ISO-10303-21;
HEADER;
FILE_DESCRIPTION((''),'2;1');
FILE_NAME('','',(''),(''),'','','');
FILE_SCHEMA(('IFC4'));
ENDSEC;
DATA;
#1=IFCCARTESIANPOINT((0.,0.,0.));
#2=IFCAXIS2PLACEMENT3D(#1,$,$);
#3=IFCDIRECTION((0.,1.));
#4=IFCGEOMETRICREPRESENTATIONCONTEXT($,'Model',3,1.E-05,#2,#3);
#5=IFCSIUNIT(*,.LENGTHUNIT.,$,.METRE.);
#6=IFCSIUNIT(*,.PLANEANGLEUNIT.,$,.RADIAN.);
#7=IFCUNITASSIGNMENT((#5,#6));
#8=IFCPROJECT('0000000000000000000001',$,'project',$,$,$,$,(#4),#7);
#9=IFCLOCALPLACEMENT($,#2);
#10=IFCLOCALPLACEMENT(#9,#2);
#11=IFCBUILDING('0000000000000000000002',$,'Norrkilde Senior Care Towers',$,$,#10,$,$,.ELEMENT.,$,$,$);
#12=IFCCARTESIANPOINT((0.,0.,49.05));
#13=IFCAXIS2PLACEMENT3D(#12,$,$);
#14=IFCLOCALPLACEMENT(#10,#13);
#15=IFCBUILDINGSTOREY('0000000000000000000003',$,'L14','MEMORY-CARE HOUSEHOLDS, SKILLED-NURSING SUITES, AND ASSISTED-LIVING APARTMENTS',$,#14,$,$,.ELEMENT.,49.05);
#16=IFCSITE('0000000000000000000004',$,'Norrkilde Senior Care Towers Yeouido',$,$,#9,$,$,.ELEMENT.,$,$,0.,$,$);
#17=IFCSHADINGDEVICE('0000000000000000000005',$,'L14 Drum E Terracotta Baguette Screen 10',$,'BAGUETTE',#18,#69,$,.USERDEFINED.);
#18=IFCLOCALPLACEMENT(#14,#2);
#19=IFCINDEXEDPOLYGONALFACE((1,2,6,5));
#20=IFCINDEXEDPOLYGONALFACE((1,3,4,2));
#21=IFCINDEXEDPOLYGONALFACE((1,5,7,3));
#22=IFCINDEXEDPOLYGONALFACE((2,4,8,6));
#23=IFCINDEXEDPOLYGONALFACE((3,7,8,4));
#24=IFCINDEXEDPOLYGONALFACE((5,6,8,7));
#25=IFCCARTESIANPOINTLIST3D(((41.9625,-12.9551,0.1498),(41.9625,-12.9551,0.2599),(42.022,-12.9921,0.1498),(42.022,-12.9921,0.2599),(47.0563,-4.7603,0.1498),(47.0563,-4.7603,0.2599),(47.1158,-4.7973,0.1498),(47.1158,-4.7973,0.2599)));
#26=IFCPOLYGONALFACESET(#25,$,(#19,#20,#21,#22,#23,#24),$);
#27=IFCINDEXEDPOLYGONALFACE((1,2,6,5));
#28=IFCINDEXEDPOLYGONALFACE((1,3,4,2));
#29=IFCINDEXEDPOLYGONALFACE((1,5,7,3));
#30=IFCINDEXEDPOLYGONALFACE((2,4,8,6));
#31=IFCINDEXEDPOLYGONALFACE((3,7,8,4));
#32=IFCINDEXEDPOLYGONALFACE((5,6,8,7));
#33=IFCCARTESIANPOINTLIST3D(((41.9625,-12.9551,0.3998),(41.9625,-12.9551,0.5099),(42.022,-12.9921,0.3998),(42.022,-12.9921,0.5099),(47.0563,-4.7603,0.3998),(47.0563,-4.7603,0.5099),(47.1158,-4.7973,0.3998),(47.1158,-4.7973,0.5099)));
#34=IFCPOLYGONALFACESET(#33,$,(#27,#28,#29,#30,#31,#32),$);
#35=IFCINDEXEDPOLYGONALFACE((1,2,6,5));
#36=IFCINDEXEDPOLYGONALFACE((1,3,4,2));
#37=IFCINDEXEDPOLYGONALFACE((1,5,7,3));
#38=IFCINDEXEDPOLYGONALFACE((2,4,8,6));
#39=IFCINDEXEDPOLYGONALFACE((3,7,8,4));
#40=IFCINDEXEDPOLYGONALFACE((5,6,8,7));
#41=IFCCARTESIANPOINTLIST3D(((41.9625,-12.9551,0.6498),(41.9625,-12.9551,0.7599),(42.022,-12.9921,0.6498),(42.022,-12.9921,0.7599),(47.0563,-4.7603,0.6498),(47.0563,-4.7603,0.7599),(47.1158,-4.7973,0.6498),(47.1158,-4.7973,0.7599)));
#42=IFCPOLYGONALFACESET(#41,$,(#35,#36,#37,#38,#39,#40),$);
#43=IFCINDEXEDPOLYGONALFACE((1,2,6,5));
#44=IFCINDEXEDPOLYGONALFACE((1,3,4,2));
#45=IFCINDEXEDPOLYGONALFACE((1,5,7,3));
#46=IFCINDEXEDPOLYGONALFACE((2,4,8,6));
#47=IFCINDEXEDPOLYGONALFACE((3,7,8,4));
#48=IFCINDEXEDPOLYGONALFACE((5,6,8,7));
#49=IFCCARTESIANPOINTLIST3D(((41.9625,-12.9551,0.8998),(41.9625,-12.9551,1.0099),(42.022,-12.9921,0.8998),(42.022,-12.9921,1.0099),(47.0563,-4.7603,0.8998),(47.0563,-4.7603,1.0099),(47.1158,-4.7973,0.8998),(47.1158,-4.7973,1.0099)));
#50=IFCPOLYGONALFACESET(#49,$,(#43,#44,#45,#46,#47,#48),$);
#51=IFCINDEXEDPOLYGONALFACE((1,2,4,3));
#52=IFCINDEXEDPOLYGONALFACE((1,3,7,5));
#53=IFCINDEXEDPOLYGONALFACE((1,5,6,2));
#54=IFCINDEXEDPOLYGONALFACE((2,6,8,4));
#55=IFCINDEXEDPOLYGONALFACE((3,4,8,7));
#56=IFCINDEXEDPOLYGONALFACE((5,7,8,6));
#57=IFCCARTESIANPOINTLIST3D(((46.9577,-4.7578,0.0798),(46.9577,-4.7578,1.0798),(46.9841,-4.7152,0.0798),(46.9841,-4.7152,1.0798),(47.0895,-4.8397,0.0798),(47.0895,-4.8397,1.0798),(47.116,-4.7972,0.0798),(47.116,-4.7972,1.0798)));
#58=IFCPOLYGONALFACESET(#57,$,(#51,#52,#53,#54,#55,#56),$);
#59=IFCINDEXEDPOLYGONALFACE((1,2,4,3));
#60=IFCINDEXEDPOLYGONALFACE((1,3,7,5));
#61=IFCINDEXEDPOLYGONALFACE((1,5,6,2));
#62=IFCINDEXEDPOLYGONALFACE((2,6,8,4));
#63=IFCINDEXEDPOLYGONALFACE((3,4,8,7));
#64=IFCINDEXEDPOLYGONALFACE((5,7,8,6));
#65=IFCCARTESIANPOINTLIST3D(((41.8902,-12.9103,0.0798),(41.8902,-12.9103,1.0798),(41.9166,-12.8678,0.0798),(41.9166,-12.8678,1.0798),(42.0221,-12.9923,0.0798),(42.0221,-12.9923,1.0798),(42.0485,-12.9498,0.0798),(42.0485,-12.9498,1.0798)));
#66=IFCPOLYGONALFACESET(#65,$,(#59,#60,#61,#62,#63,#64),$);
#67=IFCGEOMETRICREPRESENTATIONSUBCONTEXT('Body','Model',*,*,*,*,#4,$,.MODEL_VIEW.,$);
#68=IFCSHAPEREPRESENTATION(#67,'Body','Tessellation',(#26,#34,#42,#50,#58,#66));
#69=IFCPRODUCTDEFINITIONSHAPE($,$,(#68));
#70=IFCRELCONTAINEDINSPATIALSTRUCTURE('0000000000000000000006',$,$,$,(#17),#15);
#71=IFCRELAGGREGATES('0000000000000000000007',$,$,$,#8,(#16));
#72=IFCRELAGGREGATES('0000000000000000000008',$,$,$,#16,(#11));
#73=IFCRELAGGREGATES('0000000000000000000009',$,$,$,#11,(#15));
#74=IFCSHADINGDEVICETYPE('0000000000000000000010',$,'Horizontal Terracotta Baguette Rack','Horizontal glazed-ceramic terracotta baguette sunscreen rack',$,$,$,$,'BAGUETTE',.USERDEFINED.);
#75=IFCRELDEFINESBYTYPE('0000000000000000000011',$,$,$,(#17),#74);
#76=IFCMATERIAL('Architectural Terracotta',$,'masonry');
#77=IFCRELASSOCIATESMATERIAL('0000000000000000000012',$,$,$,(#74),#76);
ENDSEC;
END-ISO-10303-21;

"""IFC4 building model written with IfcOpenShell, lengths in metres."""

from ifc_helpers import new_model, si_unit, direction, frame, origin, origin_2d, place, context, subcontext, project, spatial, rectangle, extrude, source, transform, mapped, material, type_object, type_shapes, element, save


model = new_model("IFC4")

# Units and contexts
model_context = context("Model", 3, precision=1e-05, world=origin(), true_north=direction((0.0, 1.0)))
body_context = subcontext(model_context, "Body", "Model", "MODEL_VIEW")
ifc_project = project(units=[si_unit("LENGTHUNIT", "METRE"), si_unit("PLANEANGLEUNIT", "RADIAN")], contexts=[model_context])

# Site, building, storey
site_placement = place(None, origin())
site = spatial("IfcSite", under=ifc_project, at=site_placement, Name="Norrkilde Senior Care Towers Yeouido", CompositionType="ELEMENT", RefElevation=0.0)
building_placement = place(site_placement, origin())
building = spatial("IfcBuilding", under=site, at=building_placement, Name="Norrkilde Senior Care Towers", CompositionType="ELEMENT")
storey_placement = place(building_placement, frame((0.0, 0.0, 49.05)))
storey = spatial("IfcBuildingStorey", under=building, at=storey_placement, Name="L14", Description="MEMORY-CARE HOUSEHOLDS, SKILLED-NURSING SUITES, AND ASSISTED-LIVING APARTMENTS", CompositionType="ELEMENT", Elevation=49.05)

# Shading device
ifc_material_1 = material(Name="Architectural Terracotta", Category="masonry")
shading_device_type = type_object("IfcShadingDeviceType", Name="Horizontal Terracotta Baguette Rack", Description="Horizontal glazed-ceramic terracotta baguette sunscreen rack", ElementType="BAGUETTE", PredefinedType="USERDEFINED", material=ifc_material_1)
shared_shape_1 = source(origin(), body_context, "Body", "SweptSolid", [
    extrude(rectangle(XDim=0.0701, YDim=0.1101, at=origin_2d()), frame((0.0, 0.0901, 0.125), z_axis=(1.0, 0.0, 0.0), x_axis=(0.0, 1.0, 0.0)), (0.0, 0.0, 1.0), 9.6489),
    extrude(rectangle(XDim=0.0701, YDim=0.1101, at=origin_2d()), frame((0.0, 0.0901, 0.375), z_axis=(1.0, 0.0, 0.0), x_axis=(0.0, 1.0, 0.0)), (0.0, 0.0, 1.0), 9.6489),
    extrude(rectangle(XDim=0.0701, YDim=0.1101, at=origin_2d()), frame((0.0, 0.0901, 0.625), z_axis=(1.0, 0.0, 0.0), x_axis=(0.0, 1.0, 0.0)), (0.0, 0.0, 1.0), 9.6489),
    extrude(rectangle(XDim=0.0701, YDim=0.1101, at=origin_2d()), frame((0.0, 0.0901, 0.875), z_axis=(1.0, 0.0, 0.0), x_axis=(0.0, 1.0, 0.0)), (0.0, 0.0, 1.0), 9.6489),
    extrude(rectangle(XDim=0.05, YDim=0.1553, at=origin_2d()), frame((0.0249, 0.0476, 0.0)), (0.0, 0.0, 1.0), 1.0),
    extrude(rectangle(XDim=0.05, YDim=0.1553, at=origin_2d()), frame((9.624, 0.0476, 0.0)), (0.0, 0.0, 1.0), 1.0),
])
type_shapes(shading_device_type, [shared_shape_1])
shading_device_placement = place(storey_placement, frame((47.0095, -4.7312, 0.0798), z_axis=(0.0, 0.0, 1.0), x_axis=(-0.527909, -0.849299, 0.0)))
element("IfcShadingDevice", 1, at=shading_device_placement, inside=storey, type_object=shading_device_type, Name="L14 Drum E Terracotta Baguette Screen 10", ObjectType="BAGUETTE", PredefinedType="USERDEFINED", context=body_context, shape_type="MappedRepresentation", body=[
    mapped(shared_shape_1, transform((0.0, 0.0, 0.0), x_axis=(1.0, 0.0, 0.0), y_axis=(0.0, 1.0, 0.0), z_axis=(0.0, 0.0, 1.0), scale=1.0)),
])

save(model, "model.ifc")
